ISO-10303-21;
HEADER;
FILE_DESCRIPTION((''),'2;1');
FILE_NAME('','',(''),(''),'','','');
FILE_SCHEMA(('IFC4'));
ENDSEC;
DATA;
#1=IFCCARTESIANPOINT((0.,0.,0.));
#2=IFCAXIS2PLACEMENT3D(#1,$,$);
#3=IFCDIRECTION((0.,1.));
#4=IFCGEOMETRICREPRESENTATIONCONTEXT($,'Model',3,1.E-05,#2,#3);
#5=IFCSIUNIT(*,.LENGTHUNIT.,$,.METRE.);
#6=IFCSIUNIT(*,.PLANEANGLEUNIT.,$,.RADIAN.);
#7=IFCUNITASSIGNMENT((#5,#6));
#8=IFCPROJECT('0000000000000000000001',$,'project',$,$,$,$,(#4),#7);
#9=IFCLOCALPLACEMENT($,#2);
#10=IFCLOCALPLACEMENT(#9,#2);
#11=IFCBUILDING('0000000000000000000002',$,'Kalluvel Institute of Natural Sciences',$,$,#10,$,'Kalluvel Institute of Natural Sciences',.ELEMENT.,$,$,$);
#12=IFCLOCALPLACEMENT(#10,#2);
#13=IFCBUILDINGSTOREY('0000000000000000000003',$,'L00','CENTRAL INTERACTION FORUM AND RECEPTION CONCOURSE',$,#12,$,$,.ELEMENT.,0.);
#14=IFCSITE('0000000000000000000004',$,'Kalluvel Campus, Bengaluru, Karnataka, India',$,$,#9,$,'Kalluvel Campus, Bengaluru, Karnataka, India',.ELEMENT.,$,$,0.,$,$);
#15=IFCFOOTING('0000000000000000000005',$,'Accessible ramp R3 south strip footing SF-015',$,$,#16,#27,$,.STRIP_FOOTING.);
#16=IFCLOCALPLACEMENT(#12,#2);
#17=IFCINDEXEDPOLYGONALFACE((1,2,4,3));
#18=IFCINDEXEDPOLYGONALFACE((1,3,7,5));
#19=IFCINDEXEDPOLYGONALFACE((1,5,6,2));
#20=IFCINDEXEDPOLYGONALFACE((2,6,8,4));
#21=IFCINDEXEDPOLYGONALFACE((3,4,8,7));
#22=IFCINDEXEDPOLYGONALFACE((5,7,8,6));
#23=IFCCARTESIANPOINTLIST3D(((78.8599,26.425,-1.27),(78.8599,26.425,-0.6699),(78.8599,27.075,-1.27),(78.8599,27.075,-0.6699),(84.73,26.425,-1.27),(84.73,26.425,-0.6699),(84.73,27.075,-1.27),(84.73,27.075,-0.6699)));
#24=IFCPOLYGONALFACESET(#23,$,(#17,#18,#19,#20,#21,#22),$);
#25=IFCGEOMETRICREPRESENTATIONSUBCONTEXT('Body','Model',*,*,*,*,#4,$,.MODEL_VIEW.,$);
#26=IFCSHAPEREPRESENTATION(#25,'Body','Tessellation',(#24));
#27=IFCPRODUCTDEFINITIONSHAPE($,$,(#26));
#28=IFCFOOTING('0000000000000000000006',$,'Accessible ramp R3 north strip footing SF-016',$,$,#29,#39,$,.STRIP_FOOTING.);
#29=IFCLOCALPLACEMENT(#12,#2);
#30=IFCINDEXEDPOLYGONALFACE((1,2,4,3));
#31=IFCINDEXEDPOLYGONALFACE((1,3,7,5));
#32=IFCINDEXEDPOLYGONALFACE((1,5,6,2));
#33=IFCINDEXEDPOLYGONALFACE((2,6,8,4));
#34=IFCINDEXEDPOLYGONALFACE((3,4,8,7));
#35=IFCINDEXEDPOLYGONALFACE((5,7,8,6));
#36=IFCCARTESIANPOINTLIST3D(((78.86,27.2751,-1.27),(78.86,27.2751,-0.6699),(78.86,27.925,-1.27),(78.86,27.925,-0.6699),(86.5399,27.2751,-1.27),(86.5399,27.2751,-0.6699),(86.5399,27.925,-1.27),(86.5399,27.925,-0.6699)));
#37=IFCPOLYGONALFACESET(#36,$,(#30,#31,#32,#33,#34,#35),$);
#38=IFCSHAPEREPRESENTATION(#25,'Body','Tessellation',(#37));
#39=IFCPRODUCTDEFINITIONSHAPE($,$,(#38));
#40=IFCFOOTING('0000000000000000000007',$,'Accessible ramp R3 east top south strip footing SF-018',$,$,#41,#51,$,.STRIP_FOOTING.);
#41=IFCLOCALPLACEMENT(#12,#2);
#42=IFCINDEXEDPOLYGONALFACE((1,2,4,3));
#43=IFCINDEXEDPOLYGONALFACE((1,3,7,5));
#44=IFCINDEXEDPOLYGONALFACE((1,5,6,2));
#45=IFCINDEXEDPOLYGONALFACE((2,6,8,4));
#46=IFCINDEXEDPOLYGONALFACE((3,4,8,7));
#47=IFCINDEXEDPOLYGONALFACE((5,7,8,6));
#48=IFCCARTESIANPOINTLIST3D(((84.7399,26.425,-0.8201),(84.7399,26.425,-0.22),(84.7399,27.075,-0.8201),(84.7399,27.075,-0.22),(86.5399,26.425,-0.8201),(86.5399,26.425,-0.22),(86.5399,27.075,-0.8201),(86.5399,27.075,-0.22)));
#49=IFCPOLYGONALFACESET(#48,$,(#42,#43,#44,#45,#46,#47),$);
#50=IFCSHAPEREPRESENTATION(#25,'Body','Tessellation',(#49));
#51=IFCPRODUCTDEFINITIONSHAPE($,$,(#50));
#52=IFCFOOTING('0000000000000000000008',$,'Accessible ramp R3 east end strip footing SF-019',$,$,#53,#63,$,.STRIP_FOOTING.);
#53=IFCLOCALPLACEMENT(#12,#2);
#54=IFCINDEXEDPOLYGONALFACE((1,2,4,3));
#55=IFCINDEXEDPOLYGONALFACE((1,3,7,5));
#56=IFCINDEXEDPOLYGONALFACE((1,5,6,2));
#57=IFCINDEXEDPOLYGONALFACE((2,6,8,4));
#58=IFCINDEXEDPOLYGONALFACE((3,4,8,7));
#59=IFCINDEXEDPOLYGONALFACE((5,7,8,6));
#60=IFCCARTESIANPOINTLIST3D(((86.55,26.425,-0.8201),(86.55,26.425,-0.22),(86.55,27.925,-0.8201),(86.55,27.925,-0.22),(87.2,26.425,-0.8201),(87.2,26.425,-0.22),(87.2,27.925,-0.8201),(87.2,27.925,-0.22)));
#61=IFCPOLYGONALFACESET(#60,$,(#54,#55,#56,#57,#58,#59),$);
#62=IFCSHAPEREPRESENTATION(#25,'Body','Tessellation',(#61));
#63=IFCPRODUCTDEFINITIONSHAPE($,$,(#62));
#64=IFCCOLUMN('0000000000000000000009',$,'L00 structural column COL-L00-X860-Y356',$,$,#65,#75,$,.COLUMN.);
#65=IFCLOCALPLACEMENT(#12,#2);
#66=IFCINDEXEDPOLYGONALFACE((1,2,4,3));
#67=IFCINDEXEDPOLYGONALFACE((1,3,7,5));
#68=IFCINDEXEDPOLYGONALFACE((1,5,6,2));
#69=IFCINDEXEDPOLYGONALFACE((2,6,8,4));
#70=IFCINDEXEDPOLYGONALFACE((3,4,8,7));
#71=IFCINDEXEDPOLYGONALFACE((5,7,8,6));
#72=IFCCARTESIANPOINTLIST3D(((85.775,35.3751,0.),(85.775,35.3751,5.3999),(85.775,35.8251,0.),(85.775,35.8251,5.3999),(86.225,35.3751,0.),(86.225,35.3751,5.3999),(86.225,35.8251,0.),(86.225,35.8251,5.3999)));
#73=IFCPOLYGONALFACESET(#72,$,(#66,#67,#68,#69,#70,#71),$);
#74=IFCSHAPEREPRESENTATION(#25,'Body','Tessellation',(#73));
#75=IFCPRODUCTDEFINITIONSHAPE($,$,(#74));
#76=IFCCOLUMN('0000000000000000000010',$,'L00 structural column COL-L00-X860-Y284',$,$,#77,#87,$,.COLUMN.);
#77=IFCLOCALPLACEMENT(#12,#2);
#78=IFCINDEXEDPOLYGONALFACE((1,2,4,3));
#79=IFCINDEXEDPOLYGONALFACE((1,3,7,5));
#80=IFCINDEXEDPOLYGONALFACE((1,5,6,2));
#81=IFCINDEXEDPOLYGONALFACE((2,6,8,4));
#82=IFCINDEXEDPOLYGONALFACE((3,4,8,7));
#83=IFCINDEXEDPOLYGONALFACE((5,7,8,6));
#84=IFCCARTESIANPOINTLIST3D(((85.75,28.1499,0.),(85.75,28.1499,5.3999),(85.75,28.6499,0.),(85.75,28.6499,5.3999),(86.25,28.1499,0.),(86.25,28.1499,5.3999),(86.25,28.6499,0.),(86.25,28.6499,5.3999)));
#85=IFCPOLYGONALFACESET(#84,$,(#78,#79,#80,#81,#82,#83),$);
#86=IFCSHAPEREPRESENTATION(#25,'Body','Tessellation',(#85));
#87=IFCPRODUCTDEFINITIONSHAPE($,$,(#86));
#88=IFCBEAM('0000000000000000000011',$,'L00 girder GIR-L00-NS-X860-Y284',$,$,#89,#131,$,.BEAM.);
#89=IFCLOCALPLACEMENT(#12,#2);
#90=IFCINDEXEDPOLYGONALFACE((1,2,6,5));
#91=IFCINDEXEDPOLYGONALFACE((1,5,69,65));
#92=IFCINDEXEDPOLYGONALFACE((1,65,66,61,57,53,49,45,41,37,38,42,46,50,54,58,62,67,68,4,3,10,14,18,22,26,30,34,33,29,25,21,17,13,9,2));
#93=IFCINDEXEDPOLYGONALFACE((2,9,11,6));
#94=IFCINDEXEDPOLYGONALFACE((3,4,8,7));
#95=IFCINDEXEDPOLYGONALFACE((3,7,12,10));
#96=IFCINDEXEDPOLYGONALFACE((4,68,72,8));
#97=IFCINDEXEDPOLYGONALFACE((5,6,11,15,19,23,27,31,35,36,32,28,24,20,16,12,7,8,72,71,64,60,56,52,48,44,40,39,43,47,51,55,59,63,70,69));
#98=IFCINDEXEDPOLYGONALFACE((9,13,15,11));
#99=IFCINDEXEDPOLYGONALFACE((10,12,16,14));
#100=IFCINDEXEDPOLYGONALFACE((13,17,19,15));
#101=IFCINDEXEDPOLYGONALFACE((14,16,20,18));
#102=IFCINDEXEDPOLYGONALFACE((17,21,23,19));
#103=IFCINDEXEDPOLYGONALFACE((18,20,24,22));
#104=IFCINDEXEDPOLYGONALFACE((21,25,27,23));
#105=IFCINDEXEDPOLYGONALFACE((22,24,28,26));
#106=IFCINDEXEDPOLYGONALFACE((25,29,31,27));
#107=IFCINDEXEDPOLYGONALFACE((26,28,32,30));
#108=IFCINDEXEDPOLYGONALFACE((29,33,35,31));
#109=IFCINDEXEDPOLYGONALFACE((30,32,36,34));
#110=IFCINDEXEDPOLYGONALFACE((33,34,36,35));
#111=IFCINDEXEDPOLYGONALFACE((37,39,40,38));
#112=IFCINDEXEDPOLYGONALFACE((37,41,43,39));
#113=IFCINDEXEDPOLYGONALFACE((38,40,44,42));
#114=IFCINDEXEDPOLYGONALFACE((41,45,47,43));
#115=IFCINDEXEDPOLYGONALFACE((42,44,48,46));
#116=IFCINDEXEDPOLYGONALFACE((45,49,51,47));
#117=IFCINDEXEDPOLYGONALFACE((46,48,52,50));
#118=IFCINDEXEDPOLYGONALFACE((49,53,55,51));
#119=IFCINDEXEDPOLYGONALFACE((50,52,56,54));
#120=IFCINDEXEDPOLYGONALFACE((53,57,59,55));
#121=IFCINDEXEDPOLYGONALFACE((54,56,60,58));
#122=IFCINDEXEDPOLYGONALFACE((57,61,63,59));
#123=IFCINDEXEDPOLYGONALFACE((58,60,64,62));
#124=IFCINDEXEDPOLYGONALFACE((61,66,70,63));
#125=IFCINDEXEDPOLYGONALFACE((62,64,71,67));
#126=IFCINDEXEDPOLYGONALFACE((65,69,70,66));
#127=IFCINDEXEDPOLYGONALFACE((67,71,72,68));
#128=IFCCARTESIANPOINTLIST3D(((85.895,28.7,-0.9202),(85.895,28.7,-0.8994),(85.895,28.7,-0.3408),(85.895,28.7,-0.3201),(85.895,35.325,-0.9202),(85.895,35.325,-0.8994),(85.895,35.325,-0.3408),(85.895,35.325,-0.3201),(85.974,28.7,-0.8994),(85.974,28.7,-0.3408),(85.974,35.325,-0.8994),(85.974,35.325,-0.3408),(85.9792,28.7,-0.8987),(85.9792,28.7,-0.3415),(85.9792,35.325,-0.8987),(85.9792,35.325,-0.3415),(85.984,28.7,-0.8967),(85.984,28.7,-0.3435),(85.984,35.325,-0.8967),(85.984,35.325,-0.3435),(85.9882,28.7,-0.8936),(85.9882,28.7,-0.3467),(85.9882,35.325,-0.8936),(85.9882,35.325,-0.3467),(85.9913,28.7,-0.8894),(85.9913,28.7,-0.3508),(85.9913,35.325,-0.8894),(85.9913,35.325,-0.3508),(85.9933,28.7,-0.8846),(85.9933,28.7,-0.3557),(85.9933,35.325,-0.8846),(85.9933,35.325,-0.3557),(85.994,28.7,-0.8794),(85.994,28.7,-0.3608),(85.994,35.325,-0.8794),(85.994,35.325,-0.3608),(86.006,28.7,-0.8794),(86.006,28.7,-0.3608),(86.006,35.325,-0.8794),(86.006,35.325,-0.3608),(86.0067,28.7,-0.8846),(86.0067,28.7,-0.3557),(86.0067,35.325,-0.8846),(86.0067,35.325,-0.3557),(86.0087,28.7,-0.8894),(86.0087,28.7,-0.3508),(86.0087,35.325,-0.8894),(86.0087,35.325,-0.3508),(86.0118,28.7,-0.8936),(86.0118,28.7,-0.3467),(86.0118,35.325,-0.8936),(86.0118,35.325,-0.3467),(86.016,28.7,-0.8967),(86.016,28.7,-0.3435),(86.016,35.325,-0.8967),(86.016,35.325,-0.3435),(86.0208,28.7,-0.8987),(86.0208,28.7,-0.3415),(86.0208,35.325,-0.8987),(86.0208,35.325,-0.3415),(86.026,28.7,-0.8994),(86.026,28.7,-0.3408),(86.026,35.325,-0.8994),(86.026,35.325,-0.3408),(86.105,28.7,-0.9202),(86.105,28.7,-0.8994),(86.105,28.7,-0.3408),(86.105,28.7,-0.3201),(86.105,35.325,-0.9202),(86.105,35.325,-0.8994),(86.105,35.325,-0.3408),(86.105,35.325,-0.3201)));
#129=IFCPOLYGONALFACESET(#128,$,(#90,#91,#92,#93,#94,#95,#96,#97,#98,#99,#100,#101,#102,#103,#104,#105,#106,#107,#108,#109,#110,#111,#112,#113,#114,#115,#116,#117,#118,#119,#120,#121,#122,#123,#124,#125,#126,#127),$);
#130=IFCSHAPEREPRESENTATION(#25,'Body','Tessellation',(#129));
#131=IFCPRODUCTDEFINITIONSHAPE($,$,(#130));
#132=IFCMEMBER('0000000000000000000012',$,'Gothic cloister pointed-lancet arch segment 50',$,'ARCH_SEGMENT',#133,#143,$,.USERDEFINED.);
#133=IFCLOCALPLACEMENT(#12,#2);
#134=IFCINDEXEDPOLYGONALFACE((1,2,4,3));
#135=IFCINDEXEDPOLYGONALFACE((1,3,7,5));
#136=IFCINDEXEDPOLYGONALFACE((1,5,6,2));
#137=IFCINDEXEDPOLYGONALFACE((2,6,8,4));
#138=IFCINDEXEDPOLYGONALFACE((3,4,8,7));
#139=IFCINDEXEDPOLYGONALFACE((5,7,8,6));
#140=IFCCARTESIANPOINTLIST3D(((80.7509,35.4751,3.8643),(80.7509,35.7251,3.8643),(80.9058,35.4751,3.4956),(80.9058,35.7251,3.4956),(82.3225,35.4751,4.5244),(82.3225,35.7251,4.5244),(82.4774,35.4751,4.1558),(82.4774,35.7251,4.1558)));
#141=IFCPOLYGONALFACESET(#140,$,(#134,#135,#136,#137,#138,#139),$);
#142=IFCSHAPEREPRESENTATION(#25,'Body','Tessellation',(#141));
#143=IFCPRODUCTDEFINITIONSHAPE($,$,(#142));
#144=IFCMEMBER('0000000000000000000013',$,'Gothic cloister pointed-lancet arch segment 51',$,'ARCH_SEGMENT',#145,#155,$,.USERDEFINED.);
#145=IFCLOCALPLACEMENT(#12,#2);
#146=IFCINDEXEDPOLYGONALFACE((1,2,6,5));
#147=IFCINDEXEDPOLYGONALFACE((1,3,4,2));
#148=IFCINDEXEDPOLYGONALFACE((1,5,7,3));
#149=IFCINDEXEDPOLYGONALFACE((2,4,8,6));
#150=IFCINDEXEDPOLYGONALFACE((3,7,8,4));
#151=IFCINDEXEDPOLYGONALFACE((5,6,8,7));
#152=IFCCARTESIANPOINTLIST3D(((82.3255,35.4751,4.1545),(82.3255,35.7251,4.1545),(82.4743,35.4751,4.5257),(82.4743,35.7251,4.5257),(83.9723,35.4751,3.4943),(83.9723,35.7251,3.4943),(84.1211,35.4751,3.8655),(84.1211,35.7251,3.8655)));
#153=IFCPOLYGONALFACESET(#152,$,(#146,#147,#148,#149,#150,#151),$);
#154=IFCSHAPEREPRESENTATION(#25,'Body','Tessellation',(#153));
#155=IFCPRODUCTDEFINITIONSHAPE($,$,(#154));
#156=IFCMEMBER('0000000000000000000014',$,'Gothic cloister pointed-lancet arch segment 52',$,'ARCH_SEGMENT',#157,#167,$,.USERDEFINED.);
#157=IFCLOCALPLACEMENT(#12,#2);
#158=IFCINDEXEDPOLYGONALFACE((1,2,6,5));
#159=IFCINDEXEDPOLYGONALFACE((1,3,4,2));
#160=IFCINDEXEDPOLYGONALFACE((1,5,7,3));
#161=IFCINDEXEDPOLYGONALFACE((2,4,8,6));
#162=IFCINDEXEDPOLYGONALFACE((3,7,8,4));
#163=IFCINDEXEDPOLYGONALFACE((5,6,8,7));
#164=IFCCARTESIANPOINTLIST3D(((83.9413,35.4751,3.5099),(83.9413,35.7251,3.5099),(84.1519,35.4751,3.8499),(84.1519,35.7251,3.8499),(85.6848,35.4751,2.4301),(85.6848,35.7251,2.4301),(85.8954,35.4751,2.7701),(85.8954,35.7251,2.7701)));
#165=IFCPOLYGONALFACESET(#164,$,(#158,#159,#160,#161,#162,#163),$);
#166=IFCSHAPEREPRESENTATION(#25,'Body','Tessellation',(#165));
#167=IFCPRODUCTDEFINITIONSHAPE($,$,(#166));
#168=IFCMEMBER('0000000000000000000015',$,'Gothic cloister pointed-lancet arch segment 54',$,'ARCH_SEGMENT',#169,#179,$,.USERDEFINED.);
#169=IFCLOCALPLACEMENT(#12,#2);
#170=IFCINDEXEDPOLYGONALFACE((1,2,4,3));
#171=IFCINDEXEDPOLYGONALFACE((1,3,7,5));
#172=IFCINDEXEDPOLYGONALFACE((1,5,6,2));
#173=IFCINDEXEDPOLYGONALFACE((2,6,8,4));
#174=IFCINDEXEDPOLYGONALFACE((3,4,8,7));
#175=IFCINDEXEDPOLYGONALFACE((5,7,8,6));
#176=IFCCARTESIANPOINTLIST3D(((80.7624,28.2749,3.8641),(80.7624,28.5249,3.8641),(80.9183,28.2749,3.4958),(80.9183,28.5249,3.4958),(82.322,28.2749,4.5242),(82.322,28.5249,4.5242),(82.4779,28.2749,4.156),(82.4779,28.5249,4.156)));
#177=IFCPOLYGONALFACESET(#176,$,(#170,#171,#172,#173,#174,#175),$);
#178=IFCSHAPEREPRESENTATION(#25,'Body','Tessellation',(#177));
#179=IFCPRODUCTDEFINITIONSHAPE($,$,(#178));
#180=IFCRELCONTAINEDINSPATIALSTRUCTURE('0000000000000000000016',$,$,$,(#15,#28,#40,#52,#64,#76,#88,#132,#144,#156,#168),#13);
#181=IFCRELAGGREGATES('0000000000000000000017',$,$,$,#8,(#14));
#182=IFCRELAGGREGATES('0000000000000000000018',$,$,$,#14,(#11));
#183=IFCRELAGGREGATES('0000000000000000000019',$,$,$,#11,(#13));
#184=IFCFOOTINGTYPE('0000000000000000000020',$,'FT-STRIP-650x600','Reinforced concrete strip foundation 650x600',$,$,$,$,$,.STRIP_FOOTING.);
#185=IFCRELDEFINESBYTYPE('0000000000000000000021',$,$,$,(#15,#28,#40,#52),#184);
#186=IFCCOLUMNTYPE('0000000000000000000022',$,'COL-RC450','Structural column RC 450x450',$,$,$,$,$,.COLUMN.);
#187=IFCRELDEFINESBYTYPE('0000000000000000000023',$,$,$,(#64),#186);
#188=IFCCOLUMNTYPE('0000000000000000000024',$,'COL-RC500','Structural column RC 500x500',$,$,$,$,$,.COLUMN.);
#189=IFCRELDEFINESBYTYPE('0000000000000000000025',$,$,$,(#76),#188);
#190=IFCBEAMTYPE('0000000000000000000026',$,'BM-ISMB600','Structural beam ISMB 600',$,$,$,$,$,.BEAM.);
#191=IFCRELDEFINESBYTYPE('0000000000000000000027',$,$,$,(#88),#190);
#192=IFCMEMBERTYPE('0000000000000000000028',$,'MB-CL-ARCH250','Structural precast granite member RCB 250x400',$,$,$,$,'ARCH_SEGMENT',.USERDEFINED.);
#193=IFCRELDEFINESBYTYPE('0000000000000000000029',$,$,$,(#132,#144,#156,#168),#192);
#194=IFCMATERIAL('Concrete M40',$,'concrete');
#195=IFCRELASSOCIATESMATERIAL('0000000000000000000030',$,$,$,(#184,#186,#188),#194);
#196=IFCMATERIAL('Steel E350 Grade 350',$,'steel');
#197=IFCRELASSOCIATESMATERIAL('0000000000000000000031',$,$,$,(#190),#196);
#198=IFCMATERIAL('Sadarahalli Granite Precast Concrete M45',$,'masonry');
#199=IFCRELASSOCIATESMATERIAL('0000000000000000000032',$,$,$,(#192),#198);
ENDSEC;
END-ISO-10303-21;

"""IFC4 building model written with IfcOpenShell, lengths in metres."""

from ifc_helpers import new_model, si_unit, direction, frame, origin, origin_2d, place, context, subcontext, project, spatial, rectangle, i_section, extrude, material, material_profile, profile_set, type_object, element, save


model = new_model("IFC4")

# Units and contexts
model_context = context("Model", 3, precision=1e-05, world=origin(), true_north=direction((0.0, 1.0)))
body_context = subcontext(model_context, "Body", "Model", "MODEL_VIEW")
ifc_project = project(units=[si_unit("LENGTHUNIT", "METRE"), si_unit("PLANEANGLEUNIT", "RADIAN")], contexts=[model_context])

# Site, building, storey
site_placement = place(None, origin())
site = spatial("IfcSite", under=ifc_project, at=site_placement, Name="Kalluvel Campus, Bengaluru, Karnataka, India", LongName="Kalluvel Campus, Bengaluru, Karnataka, India", CompositionType="ELEMENT", RefElevation=0.0)
building_placement = place(site_placement, origin())
building = spatial("IfcBuilding", under=site, at=building_placement, Name="Kalluvel Institute of Natural Sciences", LongName="Kalluvel Institute of Natural Sciences", CompositionType="ELEMENT")
storey_placement = place(building_placement, origin())
storey = spatial("IfcBuildingStorey", under=building, at=storey_placement, Name="L00", Description="CENTRAL INTERACTION FORUM AND RECEPTION CONCOURSE", CompositionType="ELEMENT", Elevation=0.0)

# Footings
ifc_material_1 = material(Name="Concrete M40", Category="concrete")
footing_type = type_object("IfcFootingType", Name="FT-STRIP-650x600", Description="Reinforced concrete strip foundation 650x600", PredefinedType="STRIP_FOOTING", material=ifc_material_1)
footing_1_placement = place(storey_placement, frame((81.7949, 26.75, -1.27), z_axis=(0.0, 0.0, 1.0), x_axis=(1.0, 0.0, 0.0)))
element("IfcFooting", 1, at=footing_1_placement, inside=storey, type_object=footing_type, Name="Accessible ramp R3 south strip footing SF-015", PredefinedType="STRIP_FOOTING", context=body_context, shape_type="SweptSolid", body=[
    extrude(rectangle(XDim=5.8701, YDim=0.6499, at=origin_2d()), origin(), (0.0, 0.0, 1.0), 0.6001),
])
footing_2_placement = place(storey_placement, frame((82.7, 27.6001, -1.27), z_axis=(0.0, 0.0, 1.0), x_axis=(1.0, 0.0, 0.0)))
element("IfcFooting", 2, at=footing_2_placement, inside=storey, type_object=footing_type, Name="Accessible ramp R3 north strip footing SF-016", PredefinedType="STRIP_FOOTING", context=body_context, shape_type="SweptSolid", body=[
    extrude(rectangle(XDim=7.6799, YDim=0.6499, at=origin_2d()), origin(), (0.0, 0.0, 1.0), 0.6001),
])
footing_3_placement = place(storey_placement, frame((85.6399, 26.75, -0.8201), z_axis=(0.0, 0.0, 1.0), x_axis=(1.0, 0.0, 0.0)))
element("IfcFooting", 3, at=footing_3_placement, inside=storey, type_object=footing_type, Name="Accessible ramp R3 east top south strip footing SF-018", PredefinedType="STRIP_FOOTING", context=body_context, shape_type="SweptSolid", body=[
    extrude(rectangle(XDim=1.8, YDim=0.6499, at=origin_2d()), origin(), (0.0, 0.0, 1.0), 0.6001),
])
footing_4_placement = place(storey_placement, frame((86.875, 27.175, -0.8201), z_axis=(0.0, 0.0, 1.0), x_axis=(1.0, 0.0, 0.0)))
element("IfcFooting", 4, at=footing_4_placement, inside=storey, type_object=footing_type, Name="Accessible ramp R3 east end strip footing SF-019", PredefinedType="STRIP_FOOTING", context=body_context, shape_type="SweptSolid", body=[
    extrude(rectangle(XDim=0.6499, YDim=1.5, at=origin_2d()), origin(), (0.0, 0.0, 1.0), 0.6001),
])

# Columns
ifc_material_profile_1 = material_profile(ifc_material_1, rectangle(XDim=0.45, YDim=0.45, at=origin_2d()), Name="RC 450x450")
ifc_profile_set_1 = profile_set([ifc_material_profile_1], Name="Concrete M40")
column_type_1 = type_object("IfcColumnType", Name="COL-RC450", Description="Structural column RC 450x450", PredefinedType="COLUMN", material=ifc_profile_set_1)
column_1_placement = place(storey_placement, frame((86.0, 35.6001, 0.0), z_axis=(0.0, 0.0, 1.0), x_axis=(1.0, 0.0, 0.0)))
element("IfcColumn", 5, at=column_1_placement, inside=storey, type_object=column_type_1, Name="L00 structural column COL-L00-X860-Y356", PredefinedType="COLUMN", context=body_context, shape_type="SweptSolid", body=[
    extrude(rectangle(XDim=0.45, YDim=0.45, at=origin_2d()), origin(), (0.0, 0.0, 1.0), 5.3999),
])
ifc_material_profile_2 = material_profile(ifc_material_1, rectangle(XDim=0.5, YDim=0.5, at=origin_2d()), Name="RC 500x500")
ifc_profile_set_2 = profile_set([ifc_material_profile_2], Name="Concrete M40")
column_type_2 = type_object("IfcColumnType", Name="COL-RC500", Description="Structural column RC 500x500", PredefinedType="COLUMN", material=ifc_profile_set_2)
column_2_placement = place(storey_placement, frame((86.0, 28.3999, 0.0), z_axis=(0.0, 0.0, 1.0), x_axis=(1.0, 0.0, 0.0)))
element("IfcColumn", 6, at=column_2_placement, inside=storey, type_object=column_type_2, Name="L00 structural column COL-L00-X860-Y284", PredefinedType="COLUMN", context=body_context, shape_type="SweptSolid", body=[
    extrude(rectangle(XDim=0.5, YDim=0.5, at=origin_2d()), origin(), (0.0, 0.0, 1.0), 5.3999),
])

# Beam
ifc_material_2 = material(Name="Steel E350 Grade 350", Category="steel")
ifc_material_profile_3 = material_profile(ifc_material_2, i_section(OverallWidth=0.21, OverallDepth=0.6001, WebThickness=0.012, FlangeThickness=0.0208, FilletRadius=0.02, at=origin_2d()), Name="ISMB 600")
ifc_profile_set_3 = profile_set([ifc_material_profile_3], Name="Steel E350 Grade 350")
beam_type_1 = type_object("IfcBeamType", Name="BM-ISMB600", Description="Structural beam ISMB 600", PredefinedType="BEAM", material=ifc_profile_set_3)
beam_1_placement = place(storey_placement, frame((86.0, 28.7, -0.6201), z_axis=(0.0, 1.0, 0.0), x_axis=(-1.0, 0.0, 0.0)))
element("IfcBeam", 7, at=beam_1_placement, inside=storey, type_object=beam_type_1, Name="L00 girder GIR-L00-NS-X860-Y284", PredefinedType="BEAM", context=body_context, shape_type="SweptSolid", body=[
    extrude(i_section(OverallWidth=0.21, OverallDepth=0.6001, WebThickness=0.012, FlangeThickness=0.0208, FilletRadius=0.02, at=origin_2d()), origin(), (0.0, 0.0, 1.0), 6.625),
])

# Members
ifc_material_3 = material(Name="Sadarahalli Granite Precast Concrete M45", Category="masonry")
ifc_material_profile_4 = material_profile(ifc_material_3, rectangle(XDim=0.25, YDim=0.3999, at=origin_2d()), Name="RCB 250x400")
ifc_profile_set_4 = profile_set([ifc_material_profile_4], Name="Sadarahalli Granite Precast Concrete M45")
member_type = type_object("IfcMemberType", Name="MB-CL-ARCH250", Description="Structural precast granite member RCB 250x400", ElementType="ARCH_SEGMENT", PredefinedType="USERDEFINED", material=ifc_profile_set_4)
member_1_placement = place(storey_placement, frame((80.8284, 35.6001, 3.6799), z_axis=(0.921959, 0.0, 0.387288), x_axis=(0.0, 1.0, 0.0)))
element("IfcMember", 8, at=member_1_placement, inside=storey, type_object=member_type, Name="Gothic cloister pointed-lancet arch segment 50", ObjectType="ARCH_SEGMENT", PredefinedType="USERDEFINED", context=body_context, shape_type="SweptSolid", body=[
    extrude(rectangle(XDim=0.25, YDim=0.3999, at=origin_2d()), origin(), (0.0, 0.0, 1.0), 1.7046),
])
member_2_placement = place(storey_placement, frame((82.3999, 35.6001, 4.3401), z_axis=(0.928192, 0.0, -0.372102), x_axis=(0.0, 1.0, 0.0)))
element("IfcMember", 9, at=member_2_placement, inside=storey, type_object=member_type, Name="Gothic cloister pointed-lancet arch segment 51", ObjectType="ARCH_SEGMENT", PredefinedType="USERDEFINED", context=body_context, shape_type="SweptSolid", body=[
    extrude(rectangle(XDim=0.25, YDim=0.3999, at=origin_2d()), origin(), (0.0, 0.0, 1.0), 1.7742),
])
member_3_placement = place(storey_placement, frame((84.0466, 35.6001, 3.6799), z_axis=(0.850138, 0.0, -0.52656), x_axis=(0.0, 1.0, 0.0)))
element("IfcMember", 10, at=member_3_placement, inside=storey, type_object=member_type, Name="Gothic cloister pointed-lancet arch segment 52", ObjectType="ARCH_SEGMENT", PredefinedType="USERDEFINED", context=body_context, shape_type="SweptSolid", body=[
    extrude(rectangle(XDim=0.25, YDim=0.3999, at=origin_2d()), origin(), (0.0, 0.0, 1.0), 2.0508),
])
member_4_placement = place(storey_placement, frame((80.8403, 28.3999, 3.6799), z_axis=(0.920896, 0.0, 0.389809), x_axis=(0.0, 1.0, 0.0)))
element("IfcMember", 11, at=member_4_placement, inside=storey, type_object=member_type, Name="Gothic cloister pointed-lancet arch segment 54", ObjectType="ARCH_SEGMENT", PredefinedType="USERDEFINED", context=body_context, shape_type="SweptSolid", body=[
    extrude(rectangle(XDim=0.25, YDim=0.3999, at=origin_2d()), origin(), (0.0, 0.0, 1.0), 1.6936),
])

save(model, "model.ifc")
